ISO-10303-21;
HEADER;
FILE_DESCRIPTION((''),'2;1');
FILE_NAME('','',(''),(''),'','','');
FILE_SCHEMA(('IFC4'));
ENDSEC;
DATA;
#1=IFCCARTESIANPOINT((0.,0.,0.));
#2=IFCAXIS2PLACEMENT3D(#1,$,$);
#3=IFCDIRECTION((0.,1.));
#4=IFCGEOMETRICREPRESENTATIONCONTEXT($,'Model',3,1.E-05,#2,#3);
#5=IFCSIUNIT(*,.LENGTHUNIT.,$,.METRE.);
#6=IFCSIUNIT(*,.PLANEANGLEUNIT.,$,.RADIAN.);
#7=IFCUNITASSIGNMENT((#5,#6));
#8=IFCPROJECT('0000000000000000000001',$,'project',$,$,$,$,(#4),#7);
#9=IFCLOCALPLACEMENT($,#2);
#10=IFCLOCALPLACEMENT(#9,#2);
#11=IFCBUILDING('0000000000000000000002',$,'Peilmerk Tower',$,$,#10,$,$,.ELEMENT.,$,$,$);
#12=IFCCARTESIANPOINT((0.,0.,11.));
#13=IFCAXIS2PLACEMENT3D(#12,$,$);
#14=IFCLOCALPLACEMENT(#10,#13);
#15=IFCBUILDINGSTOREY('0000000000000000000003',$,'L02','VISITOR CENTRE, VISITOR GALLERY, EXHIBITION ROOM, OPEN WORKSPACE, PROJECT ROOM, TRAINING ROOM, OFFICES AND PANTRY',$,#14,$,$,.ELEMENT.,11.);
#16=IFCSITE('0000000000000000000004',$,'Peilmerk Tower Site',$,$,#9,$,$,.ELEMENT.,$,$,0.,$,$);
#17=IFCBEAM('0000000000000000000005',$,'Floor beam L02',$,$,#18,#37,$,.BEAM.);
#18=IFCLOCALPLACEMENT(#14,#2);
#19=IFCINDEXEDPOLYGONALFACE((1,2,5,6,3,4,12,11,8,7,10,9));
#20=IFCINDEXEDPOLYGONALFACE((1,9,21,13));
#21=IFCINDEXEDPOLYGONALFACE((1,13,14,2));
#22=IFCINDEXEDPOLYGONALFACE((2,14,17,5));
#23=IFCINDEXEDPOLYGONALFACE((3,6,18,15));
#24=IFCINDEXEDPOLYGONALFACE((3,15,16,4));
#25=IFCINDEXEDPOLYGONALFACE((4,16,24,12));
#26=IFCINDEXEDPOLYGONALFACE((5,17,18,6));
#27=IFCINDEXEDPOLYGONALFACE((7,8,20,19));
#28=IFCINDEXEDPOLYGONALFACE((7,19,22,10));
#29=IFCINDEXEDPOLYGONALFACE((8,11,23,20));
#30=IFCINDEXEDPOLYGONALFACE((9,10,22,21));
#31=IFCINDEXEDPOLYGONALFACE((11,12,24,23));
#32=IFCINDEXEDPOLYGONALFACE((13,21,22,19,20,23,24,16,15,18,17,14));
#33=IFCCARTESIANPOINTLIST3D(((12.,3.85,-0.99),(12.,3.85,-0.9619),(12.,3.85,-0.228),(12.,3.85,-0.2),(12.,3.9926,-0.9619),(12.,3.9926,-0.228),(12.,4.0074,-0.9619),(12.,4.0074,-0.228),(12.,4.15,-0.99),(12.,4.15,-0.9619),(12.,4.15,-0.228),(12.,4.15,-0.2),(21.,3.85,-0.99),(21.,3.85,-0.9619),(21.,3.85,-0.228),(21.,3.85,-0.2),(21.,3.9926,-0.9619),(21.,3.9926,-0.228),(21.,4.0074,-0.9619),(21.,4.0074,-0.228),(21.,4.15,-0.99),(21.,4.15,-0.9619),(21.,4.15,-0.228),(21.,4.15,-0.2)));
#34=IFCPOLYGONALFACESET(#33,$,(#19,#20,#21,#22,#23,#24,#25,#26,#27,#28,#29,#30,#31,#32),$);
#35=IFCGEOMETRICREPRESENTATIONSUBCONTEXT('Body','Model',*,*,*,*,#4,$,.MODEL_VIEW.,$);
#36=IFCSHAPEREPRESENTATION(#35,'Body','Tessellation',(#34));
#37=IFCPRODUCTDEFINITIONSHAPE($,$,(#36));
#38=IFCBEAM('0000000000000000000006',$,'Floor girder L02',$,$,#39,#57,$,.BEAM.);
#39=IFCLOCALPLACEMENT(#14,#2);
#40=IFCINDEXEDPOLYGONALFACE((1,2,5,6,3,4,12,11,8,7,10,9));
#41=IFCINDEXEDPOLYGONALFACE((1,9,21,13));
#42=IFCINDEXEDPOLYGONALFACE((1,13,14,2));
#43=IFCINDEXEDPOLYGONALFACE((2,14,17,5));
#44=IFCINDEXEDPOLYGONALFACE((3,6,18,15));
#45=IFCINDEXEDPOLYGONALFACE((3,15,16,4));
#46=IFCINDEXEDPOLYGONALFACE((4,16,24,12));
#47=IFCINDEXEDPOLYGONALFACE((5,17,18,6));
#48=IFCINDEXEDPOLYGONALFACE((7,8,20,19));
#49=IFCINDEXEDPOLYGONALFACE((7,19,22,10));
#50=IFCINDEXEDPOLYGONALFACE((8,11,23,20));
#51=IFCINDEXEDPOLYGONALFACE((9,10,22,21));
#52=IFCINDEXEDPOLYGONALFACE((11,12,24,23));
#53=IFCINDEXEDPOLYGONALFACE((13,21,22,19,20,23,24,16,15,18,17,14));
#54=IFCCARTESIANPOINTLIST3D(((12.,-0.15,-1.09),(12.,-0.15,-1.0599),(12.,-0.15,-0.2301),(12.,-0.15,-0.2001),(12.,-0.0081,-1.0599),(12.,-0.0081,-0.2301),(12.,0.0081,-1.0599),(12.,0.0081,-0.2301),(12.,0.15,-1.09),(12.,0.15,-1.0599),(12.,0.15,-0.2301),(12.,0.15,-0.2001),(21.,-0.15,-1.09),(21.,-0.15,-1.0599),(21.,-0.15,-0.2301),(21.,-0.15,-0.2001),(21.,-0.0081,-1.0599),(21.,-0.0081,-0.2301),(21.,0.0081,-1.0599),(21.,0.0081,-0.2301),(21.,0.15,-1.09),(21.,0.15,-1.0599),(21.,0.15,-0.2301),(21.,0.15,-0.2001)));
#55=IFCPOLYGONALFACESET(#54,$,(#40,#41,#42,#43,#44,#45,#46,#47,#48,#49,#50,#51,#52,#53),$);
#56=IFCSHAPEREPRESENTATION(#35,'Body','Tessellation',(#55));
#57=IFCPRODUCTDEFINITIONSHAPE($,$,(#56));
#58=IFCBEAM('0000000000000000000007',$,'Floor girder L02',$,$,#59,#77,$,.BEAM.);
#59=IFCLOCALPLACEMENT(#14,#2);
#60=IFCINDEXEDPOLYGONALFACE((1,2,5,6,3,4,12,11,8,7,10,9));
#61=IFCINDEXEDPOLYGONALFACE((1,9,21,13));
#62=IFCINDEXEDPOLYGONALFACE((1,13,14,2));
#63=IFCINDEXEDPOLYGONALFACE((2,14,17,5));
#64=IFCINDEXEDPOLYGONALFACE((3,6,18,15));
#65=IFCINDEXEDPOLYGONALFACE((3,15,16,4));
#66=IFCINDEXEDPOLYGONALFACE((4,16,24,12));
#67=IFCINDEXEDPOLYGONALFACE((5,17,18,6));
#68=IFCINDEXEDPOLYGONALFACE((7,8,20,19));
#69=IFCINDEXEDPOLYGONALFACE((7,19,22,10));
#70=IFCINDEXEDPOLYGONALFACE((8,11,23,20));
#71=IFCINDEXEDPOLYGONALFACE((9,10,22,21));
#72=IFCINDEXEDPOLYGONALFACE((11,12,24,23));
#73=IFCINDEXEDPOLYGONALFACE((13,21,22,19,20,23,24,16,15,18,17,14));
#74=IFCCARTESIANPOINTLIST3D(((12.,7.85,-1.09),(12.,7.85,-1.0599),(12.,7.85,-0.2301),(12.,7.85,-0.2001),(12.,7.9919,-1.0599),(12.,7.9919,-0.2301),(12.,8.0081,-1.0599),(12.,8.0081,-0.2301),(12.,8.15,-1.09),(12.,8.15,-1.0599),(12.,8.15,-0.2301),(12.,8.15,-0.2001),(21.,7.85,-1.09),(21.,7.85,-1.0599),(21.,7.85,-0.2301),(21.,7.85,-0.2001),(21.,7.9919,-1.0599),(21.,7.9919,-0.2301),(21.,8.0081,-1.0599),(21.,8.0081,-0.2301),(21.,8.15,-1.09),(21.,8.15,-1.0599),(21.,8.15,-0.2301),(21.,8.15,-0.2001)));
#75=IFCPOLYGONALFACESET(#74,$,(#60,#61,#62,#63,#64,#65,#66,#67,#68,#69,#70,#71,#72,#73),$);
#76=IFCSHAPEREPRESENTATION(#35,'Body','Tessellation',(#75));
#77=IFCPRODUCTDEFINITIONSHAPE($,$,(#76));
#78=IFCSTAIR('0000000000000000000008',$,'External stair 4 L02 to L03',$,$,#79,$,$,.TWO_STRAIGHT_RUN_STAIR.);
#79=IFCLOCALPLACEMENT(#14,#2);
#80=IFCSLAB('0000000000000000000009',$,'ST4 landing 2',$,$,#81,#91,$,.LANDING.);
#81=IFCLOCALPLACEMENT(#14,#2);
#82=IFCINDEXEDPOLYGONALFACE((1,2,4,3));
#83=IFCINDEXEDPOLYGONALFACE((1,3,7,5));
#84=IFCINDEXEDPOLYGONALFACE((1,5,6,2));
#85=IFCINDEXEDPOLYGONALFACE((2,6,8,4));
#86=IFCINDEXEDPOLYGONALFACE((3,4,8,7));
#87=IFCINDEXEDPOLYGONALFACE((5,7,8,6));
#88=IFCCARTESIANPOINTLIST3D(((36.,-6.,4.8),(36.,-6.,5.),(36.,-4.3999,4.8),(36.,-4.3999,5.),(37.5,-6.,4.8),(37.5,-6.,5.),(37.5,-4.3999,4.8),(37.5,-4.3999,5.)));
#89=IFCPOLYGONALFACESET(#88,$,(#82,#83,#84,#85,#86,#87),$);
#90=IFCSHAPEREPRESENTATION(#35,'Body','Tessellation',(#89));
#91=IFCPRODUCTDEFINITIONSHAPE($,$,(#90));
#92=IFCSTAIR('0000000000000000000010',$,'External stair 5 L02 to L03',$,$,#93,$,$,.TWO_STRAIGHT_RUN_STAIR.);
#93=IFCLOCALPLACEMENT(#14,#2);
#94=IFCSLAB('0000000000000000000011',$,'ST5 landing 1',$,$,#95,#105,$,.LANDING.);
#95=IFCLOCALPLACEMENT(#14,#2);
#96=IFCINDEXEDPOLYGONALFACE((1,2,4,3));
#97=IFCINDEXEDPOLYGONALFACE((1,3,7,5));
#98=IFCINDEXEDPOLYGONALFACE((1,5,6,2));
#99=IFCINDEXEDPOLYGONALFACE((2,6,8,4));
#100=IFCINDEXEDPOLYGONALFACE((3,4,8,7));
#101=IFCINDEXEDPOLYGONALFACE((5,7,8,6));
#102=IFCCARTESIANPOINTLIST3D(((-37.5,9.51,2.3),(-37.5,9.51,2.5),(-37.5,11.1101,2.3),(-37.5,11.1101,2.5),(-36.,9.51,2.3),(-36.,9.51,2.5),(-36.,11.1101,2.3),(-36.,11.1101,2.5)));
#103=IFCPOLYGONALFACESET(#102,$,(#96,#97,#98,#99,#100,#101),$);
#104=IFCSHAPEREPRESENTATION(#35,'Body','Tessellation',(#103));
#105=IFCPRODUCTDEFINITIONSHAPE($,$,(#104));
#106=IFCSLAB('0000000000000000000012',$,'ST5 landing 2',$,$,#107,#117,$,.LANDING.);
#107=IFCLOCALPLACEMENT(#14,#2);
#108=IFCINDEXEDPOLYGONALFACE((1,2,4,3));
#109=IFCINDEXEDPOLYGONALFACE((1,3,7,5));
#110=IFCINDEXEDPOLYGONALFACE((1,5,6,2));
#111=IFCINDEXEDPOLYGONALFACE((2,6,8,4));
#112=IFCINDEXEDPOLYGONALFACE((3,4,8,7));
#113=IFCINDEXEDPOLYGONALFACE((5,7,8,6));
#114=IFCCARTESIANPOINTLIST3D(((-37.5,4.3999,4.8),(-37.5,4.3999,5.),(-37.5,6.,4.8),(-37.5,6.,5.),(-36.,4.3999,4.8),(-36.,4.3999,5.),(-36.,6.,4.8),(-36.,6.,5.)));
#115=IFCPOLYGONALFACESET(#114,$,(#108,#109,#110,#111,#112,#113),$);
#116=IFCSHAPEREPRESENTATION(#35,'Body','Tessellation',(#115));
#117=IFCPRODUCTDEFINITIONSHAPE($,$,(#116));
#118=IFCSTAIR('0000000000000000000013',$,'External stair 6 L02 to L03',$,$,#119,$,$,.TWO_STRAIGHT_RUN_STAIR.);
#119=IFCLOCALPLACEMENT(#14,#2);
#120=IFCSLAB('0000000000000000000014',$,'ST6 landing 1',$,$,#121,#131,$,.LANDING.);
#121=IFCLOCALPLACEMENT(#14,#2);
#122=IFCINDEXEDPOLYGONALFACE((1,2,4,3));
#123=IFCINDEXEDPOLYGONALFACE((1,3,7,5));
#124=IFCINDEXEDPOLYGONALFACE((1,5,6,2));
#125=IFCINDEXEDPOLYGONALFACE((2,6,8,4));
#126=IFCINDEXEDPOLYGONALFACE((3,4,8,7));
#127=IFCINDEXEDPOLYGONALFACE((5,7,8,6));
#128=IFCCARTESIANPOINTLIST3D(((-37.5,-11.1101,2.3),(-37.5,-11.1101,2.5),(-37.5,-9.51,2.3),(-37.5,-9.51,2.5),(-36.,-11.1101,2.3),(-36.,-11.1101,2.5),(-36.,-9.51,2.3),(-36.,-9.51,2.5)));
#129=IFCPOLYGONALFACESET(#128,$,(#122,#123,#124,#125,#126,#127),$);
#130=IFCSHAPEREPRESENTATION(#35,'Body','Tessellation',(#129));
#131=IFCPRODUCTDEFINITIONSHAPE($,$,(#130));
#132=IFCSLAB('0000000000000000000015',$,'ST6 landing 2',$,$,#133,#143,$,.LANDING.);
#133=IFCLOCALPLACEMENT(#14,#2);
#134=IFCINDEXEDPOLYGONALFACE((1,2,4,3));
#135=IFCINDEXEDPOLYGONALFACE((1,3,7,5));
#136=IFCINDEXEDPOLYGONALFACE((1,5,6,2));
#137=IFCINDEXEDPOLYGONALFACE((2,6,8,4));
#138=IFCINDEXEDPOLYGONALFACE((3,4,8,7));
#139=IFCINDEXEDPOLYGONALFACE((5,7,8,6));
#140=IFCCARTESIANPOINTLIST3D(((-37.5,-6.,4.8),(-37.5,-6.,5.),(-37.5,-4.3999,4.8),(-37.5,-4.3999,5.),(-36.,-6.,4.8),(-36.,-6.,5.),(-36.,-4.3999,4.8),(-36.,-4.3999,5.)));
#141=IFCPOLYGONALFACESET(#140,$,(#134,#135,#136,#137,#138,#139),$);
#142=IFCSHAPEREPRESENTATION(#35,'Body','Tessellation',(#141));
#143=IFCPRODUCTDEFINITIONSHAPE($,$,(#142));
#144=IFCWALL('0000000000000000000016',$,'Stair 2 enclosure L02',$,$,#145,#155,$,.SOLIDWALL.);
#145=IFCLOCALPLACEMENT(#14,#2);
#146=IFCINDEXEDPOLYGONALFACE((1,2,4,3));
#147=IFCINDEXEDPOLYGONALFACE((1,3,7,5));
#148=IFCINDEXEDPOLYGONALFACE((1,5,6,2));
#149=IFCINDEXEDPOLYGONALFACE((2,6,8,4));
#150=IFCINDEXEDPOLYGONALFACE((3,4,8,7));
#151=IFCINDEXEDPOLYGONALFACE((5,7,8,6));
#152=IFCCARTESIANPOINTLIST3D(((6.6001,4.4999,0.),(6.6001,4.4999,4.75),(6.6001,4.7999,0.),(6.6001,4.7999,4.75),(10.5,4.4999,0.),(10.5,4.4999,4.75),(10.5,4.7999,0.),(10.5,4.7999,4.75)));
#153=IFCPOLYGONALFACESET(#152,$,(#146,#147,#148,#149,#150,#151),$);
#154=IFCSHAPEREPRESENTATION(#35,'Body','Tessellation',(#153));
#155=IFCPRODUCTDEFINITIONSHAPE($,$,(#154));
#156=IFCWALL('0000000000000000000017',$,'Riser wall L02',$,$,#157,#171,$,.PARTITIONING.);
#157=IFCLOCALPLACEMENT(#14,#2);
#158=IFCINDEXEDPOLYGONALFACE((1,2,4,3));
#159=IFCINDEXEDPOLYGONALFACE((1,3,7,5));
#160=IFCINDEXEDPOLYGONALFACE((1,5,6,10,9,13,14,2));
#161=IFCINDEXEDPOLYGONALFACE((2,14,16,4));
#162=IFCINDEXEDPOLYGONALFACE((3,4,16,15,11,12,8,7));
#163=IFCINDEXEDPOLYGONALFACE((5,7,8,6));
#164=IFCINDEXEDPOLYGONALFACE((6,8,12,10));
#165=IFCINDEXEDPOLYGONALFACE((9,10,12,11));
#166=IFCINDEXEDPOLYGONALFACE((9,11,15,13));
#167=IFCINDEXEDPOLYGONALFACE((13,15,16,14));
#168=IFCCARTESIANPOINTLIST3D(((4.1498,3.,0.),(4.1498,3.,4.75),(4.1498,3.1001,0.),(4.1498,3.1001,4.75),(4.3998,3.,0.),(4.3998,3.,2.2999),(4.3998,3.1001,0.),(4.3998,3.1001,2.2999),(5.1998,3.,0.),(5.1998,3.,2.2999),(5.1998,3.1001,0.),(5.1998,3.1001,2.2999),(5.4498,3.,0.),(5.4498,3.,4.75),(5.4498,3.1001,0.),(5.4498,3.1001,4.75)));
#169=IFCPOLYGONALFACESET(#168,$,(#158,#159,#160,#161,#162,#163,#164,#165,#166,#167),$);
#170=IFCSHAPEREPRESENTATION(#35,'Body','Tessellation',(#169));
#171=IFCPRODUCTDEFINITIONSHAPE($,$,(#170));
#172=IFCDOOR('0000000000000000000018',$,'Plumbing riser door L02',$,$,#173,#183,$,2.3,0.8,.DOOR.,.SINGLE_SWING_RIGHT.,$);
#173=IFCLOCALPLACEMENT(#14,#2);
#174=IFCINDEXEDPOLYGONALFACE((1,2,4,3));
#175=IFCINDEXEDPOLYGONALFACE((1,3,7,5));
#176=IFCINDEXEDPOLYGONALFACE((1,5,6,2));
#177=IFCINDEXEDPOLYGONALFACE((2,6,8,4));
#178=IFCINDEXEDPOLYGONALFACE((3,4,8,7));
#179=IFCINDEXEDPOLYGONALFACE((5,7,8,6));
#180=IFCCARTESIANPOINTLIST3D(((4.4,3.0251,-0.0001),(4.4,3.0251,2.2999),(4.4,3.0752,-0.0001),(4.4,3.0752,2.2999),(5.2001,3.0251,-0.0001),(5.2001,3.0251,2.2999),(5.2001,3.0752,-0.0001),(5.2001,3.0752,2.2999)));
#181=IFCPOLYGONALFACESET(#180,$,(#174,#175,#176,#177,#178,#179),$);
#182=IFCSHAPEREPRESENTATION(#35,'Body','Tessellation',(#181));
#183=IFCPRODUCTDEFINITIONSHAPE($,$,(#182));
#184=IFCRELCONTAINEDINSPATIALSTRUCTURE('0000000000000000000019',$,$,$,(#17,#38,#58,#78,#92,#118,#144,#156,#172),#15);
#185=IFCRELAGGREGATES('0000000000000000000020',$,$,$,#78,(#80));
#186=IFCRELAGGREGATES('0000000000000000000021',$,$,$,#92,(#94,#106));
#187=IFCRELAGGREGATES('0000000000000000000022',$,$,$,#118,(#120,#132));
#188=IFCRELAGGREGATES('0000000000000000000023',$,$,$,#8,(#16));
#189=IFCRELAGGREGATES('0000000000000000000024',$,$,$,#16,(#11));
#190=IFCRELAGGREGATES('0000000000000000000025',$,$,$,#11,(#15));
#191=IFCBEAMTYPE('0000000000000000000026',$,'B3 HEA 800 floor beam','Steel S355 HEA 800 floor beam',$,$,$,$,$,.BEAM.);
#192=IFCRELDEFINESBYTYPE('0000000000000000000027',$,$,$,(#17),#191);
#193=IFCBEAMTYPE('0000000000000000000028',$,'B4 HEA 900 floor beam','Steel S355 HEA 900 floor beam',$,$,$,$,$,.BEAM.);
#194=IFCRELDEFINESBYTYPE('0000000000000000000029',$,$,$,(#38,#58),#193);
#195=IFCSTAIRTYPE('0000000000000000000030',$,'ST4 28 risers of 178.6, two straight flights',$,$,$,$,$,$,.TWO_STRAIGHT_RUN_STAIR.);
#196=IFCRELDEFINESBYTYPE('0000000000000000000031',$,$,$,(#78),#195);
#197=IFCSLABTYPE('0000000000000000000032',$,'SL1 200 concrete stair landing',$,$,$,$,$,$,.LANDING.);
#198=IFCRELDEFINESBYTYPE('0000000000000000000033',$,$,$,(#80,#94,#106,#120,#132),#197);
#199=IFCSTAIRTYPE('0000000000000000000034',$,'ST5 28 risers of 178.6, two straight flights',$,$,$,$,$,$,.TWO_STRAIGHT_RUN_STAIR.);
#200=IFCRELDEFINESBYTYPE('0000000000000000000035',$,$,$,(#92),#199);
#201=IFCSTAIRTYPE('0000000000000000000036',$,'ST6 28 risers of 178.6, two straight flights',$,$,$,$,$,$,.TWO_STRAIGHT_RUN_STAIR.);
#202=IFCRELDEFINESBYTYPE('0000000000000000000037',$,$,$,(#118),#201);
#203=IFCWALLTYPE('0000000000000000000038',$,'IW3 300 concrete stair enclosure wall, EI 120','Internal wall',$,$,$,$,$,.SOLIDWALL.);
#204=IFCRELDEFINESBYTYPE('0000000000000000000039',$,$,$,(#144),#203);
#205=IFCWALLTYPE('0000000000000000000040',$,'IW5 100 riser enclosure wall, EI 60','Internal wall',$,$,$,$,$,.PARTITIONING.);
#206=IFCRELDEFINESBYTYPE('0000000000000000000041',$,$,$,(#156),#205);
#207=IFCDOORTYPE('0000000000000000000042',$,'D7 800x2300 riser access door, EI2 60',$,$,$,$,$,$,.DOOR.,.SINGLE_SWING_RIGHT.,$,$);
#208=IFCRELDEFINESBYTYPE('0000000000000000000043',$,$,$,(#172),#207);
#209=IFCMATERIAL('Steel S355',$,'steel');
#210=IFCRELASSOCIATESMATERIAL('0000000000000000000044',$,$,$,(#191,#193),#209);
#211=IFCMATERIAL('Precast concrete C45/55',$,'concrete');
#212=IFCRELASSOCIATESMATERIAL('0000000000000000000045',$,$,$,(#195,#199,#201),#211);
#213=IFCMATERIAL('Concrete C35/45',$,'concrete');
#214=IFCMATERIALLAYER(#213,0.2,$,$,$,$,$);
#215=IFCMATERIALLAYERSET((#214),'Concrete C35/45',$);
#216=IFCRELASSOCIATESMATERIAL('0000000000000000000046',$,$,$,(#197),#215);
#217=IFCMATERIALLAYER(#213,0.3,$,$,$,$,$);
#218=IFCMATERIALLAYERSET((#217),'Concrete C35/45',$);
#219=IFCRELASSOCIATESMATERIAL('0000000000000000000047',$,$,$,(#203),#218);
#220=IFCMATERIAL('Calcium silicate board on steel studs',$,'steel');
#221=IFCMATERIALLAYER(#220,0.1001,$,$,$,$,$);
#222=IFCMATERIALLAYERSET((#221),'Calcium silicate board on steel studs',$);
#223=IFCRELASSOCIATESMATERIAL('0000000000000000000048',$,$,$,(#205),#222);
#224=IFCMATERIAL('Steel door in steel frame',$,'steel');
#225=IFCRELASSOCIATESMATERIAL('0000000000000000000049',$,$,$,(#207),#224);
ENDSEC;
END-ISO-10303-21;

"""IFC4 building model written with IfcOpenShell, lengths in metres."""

from ifc_helpers import new_model, si_unit, direction, frame, frame_2d, origin, origin_2d, place, context, subcontext, project, spatial, polyline, rectangle, i_section, outline, extrude, material, layer, layer_set, material_profile, profile_set, type_object, element, fill, aggregate, save


model = new_model("IFC4")

# Units and contexts
model_context = context("Model", 3, precision=1e-05, world=origin(), true_north=direction((0.0, 1.0)))
body_context = subcontext(model_context, "Body", "Model", "MODEL_VIEW")
ifc_project = project(units=[si_unit("LENGTHUNIT", "METRE"), si_unit("PLANEANGLEUNIT", "RADIAN")], contexts=[model_context])

# Site, building, storey
site_placement = place(None, origin())
site = spatial("IfcSite", under=ifc_project, at=site_placement, Name="Peilmerk Tower Site", CompositionType="ELEMENT", RefElevation=0.0)
building_placement = place(site_placement, origin())
building = spatial("IfcBuilding", under=site, at=building_placement, Name="Peilmerk Tower", CompositionType="ELEMENT")
storey_placement = place(building_placement, frame((0.0, 0.0, 11.0)))
storey = spatial("IfcBuildingStorey", under=building, at=storey_placement, Name="L02", Description="VISITOR CENTRE, VISITOR GALLERY, EXHIBITION ROOM, OPEN WORKSPACE, PROJECT ROOM, TRAINING ROOM, OFFICES AND PANTRY", CompositionType="ELEMENT", Elevation=11.0)

# Beams
ifc_material_1 = material(Name="Steel S355", Category="steel")
ifc_material_profile_1 = material_profile(ifc_material_1, i_section(OverallWidth=0.3, OverallDepth=0.79, WebThickness=0.0149, FlangeThickness=0.0281, at=origin_2d()), Name="HEA 800")
ifc_profile_set_1 = profile_set([ifc_material_profile_1], Name="Steel S355")
beam_type_1 = type_object("IfcBeamType", Name="B3 HEA 800 floor beam", Description="Steel S355 HEA 800 floor beam", PredefinedType="BEAM", material=ifc_profile_set_1)
beam_placement = place(storey_placement, frame((12.0, 4.0, -0.595), z_axis=(1.0, 0.0, 0.0), x_axis=(0.0, 1.0, 0.0)))
element("IfcBeam", 1, at=beam_placement, inside=storey, type_object=beam_type_1, Name="Floor beam L02", PredefinedType="BEAM", context=body_context, shape_type="SweptSolid", body=[
    extrude(i_section(OverallWidth=0.3, OverallDepth=0.79, WebThickness=0.0149, FlangeThickness=0.0281, at=origin_2d()), origin(), (0.0, 0.0, 1.0), 9.0),
])
ifc_material_profile_2 = material_profile(ifc_material_1, i_section(OverallWidth=0.3, OverallDepth=0.8899, WebThickness=0.0161, FlangeThickness=0.03, at=origin_2d()), Name="HEA 900")
ifc_profile_set_2 = profile_set([ifc_material_profile_2], Name="Steel S355")
beam_type_2 = type_object("IfcBeamType", Name="B4 HEA 900 floor beam", Description="Steel S355 HEA 900 floor beam", PredefinedType="BEAM", material=ifc_profile_set_2)
for number, where, z_axis, x_axis, name in (
    (2, (12.0, 0.0, -0.645), (1.0, 0.0, 0.0), (0.0, 1.0, 0.0), "Floor girder L02"),
    (3, (12.0, 8.0, -0.645), (1.0, 0.0, 0.0), (0.0, 1.0, 0.0), "Floor girder L02"),
):
    element("IfcBeam", number, at=place(storey_placement, frame(where, z_axis=z_axis, x_axis=x_axis)), inside=storey, type_object=beam_type_2, Name=name, PredefinedType="BEAM", context=body_context, shape_type="SweptSolid", body=[
        extrude(i_section(OverallWidth=0.3, OverallDepth=0.8899, WebThickness=0.0161, FlangeThickness=0.03, at=origin_2d()), origin(), (0.0, 0.0, 1.0), 9.0),
    ])

# Stair, slab
ifc_material_2 = material(Name="Precast concrete C45/55", Category="concrete")
stair_type_1 = type_object("IfcStairType", Name="ST4 28 risers of 178.6, two straight flights", PredefinedType="TWO_STRAIGHT_RUN_STAIR", material=ifc_material_2)
stair_1_placement = place(storey_placement, origin())
stair_1 = element("IfcStair", 4, at=stair_1_placement, inside=storey, type_object=stair_type_1, Name="External stair 4 L02 to L03", PredefinedType="TWO_STRAIGHT_RUN_STAIR")
ifc_material_3 = material(Name="Concrete C35/45", Category="concrete")
ifc_layer_1 = layer(ifc_material_3, 0.2)
ifc_layer_set_1 = layer_set([ifc_layer_1], Name="Concrete C35/45")
slab_type = type_object("IfcSlabType", Name="SL1 200 concrete stair landing", PredefinedType="LANDING", material=ifc_layer_set_1)
slab_1_placement = place(storey_placement, frame((0.0, 0.0, 4.8)))
slab_1 = element("IfcSlab", 5, at=slab_1_placement, type_object=slab_type, Name="ST4 landing 2", PredefinedType="LANDING", context=body_context, shape_type="SweptSolid", body=[
    extrude(outline(polyline([(36.0, -6.0), (37.5, -6.0), (37.5, -4.3999), (36.0, -4.3999), (36.0, -6.0)])), origin(), (0.0, 0.0, 1.0), 0.2),
])
aggregate(stair_1, [slab_1])

# Stairs, slabs
stair_type_2 = type_object("IfcStairType", Name="ST5 28 risers of 178.6, two straight flights", PredefinedType="TWO_STRAIGHT_RUN_STAIR", material=ifc_material_2)
stair_2_placement = place(storey_placement, origin())
stair_2 = element("IfcStair", 6, at=stair_2_placement, inside=storey, type_object=stair_type_2, Name="External stair 5 L02 to L03", PredefinedType="TWO_STRAIGHT_RUN_STAIR")
slab_2_placement = place(storey_placement, frame((0.0, 0.0, 2.3)))
slab_2 = element("IfcSlab", 7, at=slab_2_placement, type_object=slab_type, Name="ST5 landing 1", PredefinedType="LANDING", context=body_context, shape_type="SweptSolid", body=[
    extrude(outline(polyline([(-37.5, 9.51), (-36.0, 9.51), (-36.0, 11.1101), (-37.5, 11.1101), (-37.5, 9.51)])), origin(), (0.0, 0.0, 1.0), 0.2),
])
slab_3_placement = place(storey_placement, frame((0.0, 0.0, 4.8)))
slab_3 = element("IfcSlab", 8, at=slab_3_placement, type_object=slab_type, Name="ST5 landing 2", PredefinedType="LANDING", context=body_context, shape_type="SweptSolid", body=[
    extrude(outline(polyline([(-37.5, 4.3999), (-36.0, 4.3999), (-36.0, 6.0), (-37.5, 6.0), (-37.5, 4.3999)])), origin(), (0.0, 0.0, 1.0), 0.2),
])
aggregate(stair_2, [slab_2, slab_3])
stair_type_3 = type_object("IfcStairType", Name="ST6 28 risers of 178.6, two straight flights", PredefinedType="TWO_STRAIGHT_RUN_STAIR", material=ifc_material_2)
stair_3_placement = place(storey_placement, origin())
stair_3 = element("IfcStair", 9, at=stair_3_placement, inside=storey, type_object=stair_type_3, Name="External stair 6 L02 to L03", PredefinedType="TWO_STRAIGHT_RUN_STAIR")
slab_4_placement = place(storey_placement, frame((0.0, 0.0, 2.3)))
slab_4 = element("IfcSlab", 10, at=slab_4_placement, type_object=slab_type, Name="ST6 landing 1", PredefinedType="LANDING", context=body_context, shape_type="SweptSolid", body=[
    extrude(outline(polyline([(-37.5, -11.1101), (-36.0, -11.1101), (-36.0, -9.51), (-37.5, -9.51), (-37.5, -11.1101)])), origin(), (0.0, 0.0, 1.0), 0.2),
])
slab_5_placement = place(storey_placement, frame((0.0, 0.0, 4.8)))
slab_5 = element("IfcSlab", 11, at=slab_5_placement, type_object=slab_type, Name="ST6 landing 2", PredefinedType="LANDING", context=body_context, shape_type="SweptSolid", body=[
    extrude(outline(polyline([(-37.5, -6.0), (-36.0, -6.0), (-36.0, -4.3999), (-37.5, -4.3999), (-37.5, -6.0)])), origin(), (0.0, 0.0, 1.0), 0.2),
])
aggregate(stair_3, [slab_4, slab_5])

# Wall
ifc_layer_2 = layer(ifc_material_3, 0.3)
ifc_layer_set_2 = layer_set([ifc_layer_2], Name="Concrete C35/45")
wall_type_1 = type_object("IfcWallType", Name="IW3 300 concrete stair enclosure wall, EI 120", Description="Internal wall", PredefinedType="SOLIDWALL", material=ifc_layer_set_2)
wall_1_placement = place(storey_placement, frame((6.6001, 4.6499, 0.0), z_axis=(0.0, 0.0, 1.0), x_axis=(1.0, 0.0, 0.0)))
element("IfcWall", 12, at=wall_1_placement, inside=storey, type_object=wall_type_1, Name="Stair 2 enclosure L02", PredefinedType="SOLIDWALL", context=body_context, shape_type="SweptSolid", body=[
    extrude(rectangle(XDim=3.8999, YDim=0.3, at=frame_2d((1.95, 0.0))), origin(), (0.0, 0.0, 1.0), 4.75),
])

# Wall, opening, door
ifc_material_4 = material(Name="Calcium silicate board on steel studs", Category="steel")
ifc_layer_3 = layer(ifc_material_4, 0.1001)
ifc_layer_set_3 = layer_set([ifc_layer_3], Name="Calcium silicate board on steel studs")
wall_type_2 = type_object("IfcWallType", Name="IW5 100 riser enclosure wall, EI 60", Description="Internal wall", PredefinedType="PARTITIONING", material=ifc_layer_set_3)
wall_2_placement = place(storey_placement, frame((4.1499, 3.05, 0.0), z_axis=(0.0, 0.0, 1.0), x_axis=(1.0, 0.0, 0.0)))
wall_2 = element("IfcWall", 13, at=wall_2_placement, inside=storey, type_object=wall_type_2, Name="Riser wall L02", PredefinedType="PARTITIONING", context=body_context, shape_type="SweptSolid", body=[
    extrude(rectangle(XDim=1.3, YDim=0.1001, at=frame_2d((0.6499, 0.0))), origin(), (0.0, 0.0, 1.0), 4.75),
])
opening_1_placement = place(wall_2_placement, frame((0.25, 0.0, 0.0)))
opening_1 = element("IfcOpeningElement", 14, at=opening_1_placement, cuts=wall_2, PredefinedType="OPENING", context=body_context, shape_type="SweptSolid", body=[
    extrude(rectangle(XDim=0.8, YDim=2.3, at=frame_2d((0.3999, 1.1499))), frame((0.0, 0.0601, 0.0), z_axis=(0.0, -1.0, 0.0), x_axis=(1.0, 0.0, 0.0)), (0.0, 0.0, 1.0), 0.1201),
])
ifc_material_5 = material(Name="Steel door in steel frame", Category="steel")
door_type_1 = type_object("IfcDoorType", Name="D7 800x2300 riser access door, EI2 60", OperationType="SINGLE_SWING_RIGHT", PredefinedType="DOOR", material=ifc_material_5)
door_1_placement = place(opening_1_placement, frame((0.8, 0.0, 0.0), z_axis=(0.0, 0.0, 1.0), x_axis=(-1.0, 0.0, 0.0)))
door_1 = element("IfcDoor", 15, at=door_1_placement, inside=storey, type_object=door_type_1, Name="Plumbing riser door L02", OperationType="SINGLE_SWING_RIGHT", OverallHeight=2.3, OverallWidth=0.8, PredefinedType="DOOR", context=body_context, shape_type="SweptSolid", body=[
    extrude(rectangle(XDim=0.8, YDim=2.3, at=frame_2d((0.3999, 1.1499))), frame((0.0, 0.0249, 0.0), z_axis=(0.0, -1.0, 0.0), x_axis=(1.0, 0.0, 0.0)), (0.0, 0.0, 1.0), 0.05),
])
fill(opening_1, door_1)

save(model, "model.ifc")
